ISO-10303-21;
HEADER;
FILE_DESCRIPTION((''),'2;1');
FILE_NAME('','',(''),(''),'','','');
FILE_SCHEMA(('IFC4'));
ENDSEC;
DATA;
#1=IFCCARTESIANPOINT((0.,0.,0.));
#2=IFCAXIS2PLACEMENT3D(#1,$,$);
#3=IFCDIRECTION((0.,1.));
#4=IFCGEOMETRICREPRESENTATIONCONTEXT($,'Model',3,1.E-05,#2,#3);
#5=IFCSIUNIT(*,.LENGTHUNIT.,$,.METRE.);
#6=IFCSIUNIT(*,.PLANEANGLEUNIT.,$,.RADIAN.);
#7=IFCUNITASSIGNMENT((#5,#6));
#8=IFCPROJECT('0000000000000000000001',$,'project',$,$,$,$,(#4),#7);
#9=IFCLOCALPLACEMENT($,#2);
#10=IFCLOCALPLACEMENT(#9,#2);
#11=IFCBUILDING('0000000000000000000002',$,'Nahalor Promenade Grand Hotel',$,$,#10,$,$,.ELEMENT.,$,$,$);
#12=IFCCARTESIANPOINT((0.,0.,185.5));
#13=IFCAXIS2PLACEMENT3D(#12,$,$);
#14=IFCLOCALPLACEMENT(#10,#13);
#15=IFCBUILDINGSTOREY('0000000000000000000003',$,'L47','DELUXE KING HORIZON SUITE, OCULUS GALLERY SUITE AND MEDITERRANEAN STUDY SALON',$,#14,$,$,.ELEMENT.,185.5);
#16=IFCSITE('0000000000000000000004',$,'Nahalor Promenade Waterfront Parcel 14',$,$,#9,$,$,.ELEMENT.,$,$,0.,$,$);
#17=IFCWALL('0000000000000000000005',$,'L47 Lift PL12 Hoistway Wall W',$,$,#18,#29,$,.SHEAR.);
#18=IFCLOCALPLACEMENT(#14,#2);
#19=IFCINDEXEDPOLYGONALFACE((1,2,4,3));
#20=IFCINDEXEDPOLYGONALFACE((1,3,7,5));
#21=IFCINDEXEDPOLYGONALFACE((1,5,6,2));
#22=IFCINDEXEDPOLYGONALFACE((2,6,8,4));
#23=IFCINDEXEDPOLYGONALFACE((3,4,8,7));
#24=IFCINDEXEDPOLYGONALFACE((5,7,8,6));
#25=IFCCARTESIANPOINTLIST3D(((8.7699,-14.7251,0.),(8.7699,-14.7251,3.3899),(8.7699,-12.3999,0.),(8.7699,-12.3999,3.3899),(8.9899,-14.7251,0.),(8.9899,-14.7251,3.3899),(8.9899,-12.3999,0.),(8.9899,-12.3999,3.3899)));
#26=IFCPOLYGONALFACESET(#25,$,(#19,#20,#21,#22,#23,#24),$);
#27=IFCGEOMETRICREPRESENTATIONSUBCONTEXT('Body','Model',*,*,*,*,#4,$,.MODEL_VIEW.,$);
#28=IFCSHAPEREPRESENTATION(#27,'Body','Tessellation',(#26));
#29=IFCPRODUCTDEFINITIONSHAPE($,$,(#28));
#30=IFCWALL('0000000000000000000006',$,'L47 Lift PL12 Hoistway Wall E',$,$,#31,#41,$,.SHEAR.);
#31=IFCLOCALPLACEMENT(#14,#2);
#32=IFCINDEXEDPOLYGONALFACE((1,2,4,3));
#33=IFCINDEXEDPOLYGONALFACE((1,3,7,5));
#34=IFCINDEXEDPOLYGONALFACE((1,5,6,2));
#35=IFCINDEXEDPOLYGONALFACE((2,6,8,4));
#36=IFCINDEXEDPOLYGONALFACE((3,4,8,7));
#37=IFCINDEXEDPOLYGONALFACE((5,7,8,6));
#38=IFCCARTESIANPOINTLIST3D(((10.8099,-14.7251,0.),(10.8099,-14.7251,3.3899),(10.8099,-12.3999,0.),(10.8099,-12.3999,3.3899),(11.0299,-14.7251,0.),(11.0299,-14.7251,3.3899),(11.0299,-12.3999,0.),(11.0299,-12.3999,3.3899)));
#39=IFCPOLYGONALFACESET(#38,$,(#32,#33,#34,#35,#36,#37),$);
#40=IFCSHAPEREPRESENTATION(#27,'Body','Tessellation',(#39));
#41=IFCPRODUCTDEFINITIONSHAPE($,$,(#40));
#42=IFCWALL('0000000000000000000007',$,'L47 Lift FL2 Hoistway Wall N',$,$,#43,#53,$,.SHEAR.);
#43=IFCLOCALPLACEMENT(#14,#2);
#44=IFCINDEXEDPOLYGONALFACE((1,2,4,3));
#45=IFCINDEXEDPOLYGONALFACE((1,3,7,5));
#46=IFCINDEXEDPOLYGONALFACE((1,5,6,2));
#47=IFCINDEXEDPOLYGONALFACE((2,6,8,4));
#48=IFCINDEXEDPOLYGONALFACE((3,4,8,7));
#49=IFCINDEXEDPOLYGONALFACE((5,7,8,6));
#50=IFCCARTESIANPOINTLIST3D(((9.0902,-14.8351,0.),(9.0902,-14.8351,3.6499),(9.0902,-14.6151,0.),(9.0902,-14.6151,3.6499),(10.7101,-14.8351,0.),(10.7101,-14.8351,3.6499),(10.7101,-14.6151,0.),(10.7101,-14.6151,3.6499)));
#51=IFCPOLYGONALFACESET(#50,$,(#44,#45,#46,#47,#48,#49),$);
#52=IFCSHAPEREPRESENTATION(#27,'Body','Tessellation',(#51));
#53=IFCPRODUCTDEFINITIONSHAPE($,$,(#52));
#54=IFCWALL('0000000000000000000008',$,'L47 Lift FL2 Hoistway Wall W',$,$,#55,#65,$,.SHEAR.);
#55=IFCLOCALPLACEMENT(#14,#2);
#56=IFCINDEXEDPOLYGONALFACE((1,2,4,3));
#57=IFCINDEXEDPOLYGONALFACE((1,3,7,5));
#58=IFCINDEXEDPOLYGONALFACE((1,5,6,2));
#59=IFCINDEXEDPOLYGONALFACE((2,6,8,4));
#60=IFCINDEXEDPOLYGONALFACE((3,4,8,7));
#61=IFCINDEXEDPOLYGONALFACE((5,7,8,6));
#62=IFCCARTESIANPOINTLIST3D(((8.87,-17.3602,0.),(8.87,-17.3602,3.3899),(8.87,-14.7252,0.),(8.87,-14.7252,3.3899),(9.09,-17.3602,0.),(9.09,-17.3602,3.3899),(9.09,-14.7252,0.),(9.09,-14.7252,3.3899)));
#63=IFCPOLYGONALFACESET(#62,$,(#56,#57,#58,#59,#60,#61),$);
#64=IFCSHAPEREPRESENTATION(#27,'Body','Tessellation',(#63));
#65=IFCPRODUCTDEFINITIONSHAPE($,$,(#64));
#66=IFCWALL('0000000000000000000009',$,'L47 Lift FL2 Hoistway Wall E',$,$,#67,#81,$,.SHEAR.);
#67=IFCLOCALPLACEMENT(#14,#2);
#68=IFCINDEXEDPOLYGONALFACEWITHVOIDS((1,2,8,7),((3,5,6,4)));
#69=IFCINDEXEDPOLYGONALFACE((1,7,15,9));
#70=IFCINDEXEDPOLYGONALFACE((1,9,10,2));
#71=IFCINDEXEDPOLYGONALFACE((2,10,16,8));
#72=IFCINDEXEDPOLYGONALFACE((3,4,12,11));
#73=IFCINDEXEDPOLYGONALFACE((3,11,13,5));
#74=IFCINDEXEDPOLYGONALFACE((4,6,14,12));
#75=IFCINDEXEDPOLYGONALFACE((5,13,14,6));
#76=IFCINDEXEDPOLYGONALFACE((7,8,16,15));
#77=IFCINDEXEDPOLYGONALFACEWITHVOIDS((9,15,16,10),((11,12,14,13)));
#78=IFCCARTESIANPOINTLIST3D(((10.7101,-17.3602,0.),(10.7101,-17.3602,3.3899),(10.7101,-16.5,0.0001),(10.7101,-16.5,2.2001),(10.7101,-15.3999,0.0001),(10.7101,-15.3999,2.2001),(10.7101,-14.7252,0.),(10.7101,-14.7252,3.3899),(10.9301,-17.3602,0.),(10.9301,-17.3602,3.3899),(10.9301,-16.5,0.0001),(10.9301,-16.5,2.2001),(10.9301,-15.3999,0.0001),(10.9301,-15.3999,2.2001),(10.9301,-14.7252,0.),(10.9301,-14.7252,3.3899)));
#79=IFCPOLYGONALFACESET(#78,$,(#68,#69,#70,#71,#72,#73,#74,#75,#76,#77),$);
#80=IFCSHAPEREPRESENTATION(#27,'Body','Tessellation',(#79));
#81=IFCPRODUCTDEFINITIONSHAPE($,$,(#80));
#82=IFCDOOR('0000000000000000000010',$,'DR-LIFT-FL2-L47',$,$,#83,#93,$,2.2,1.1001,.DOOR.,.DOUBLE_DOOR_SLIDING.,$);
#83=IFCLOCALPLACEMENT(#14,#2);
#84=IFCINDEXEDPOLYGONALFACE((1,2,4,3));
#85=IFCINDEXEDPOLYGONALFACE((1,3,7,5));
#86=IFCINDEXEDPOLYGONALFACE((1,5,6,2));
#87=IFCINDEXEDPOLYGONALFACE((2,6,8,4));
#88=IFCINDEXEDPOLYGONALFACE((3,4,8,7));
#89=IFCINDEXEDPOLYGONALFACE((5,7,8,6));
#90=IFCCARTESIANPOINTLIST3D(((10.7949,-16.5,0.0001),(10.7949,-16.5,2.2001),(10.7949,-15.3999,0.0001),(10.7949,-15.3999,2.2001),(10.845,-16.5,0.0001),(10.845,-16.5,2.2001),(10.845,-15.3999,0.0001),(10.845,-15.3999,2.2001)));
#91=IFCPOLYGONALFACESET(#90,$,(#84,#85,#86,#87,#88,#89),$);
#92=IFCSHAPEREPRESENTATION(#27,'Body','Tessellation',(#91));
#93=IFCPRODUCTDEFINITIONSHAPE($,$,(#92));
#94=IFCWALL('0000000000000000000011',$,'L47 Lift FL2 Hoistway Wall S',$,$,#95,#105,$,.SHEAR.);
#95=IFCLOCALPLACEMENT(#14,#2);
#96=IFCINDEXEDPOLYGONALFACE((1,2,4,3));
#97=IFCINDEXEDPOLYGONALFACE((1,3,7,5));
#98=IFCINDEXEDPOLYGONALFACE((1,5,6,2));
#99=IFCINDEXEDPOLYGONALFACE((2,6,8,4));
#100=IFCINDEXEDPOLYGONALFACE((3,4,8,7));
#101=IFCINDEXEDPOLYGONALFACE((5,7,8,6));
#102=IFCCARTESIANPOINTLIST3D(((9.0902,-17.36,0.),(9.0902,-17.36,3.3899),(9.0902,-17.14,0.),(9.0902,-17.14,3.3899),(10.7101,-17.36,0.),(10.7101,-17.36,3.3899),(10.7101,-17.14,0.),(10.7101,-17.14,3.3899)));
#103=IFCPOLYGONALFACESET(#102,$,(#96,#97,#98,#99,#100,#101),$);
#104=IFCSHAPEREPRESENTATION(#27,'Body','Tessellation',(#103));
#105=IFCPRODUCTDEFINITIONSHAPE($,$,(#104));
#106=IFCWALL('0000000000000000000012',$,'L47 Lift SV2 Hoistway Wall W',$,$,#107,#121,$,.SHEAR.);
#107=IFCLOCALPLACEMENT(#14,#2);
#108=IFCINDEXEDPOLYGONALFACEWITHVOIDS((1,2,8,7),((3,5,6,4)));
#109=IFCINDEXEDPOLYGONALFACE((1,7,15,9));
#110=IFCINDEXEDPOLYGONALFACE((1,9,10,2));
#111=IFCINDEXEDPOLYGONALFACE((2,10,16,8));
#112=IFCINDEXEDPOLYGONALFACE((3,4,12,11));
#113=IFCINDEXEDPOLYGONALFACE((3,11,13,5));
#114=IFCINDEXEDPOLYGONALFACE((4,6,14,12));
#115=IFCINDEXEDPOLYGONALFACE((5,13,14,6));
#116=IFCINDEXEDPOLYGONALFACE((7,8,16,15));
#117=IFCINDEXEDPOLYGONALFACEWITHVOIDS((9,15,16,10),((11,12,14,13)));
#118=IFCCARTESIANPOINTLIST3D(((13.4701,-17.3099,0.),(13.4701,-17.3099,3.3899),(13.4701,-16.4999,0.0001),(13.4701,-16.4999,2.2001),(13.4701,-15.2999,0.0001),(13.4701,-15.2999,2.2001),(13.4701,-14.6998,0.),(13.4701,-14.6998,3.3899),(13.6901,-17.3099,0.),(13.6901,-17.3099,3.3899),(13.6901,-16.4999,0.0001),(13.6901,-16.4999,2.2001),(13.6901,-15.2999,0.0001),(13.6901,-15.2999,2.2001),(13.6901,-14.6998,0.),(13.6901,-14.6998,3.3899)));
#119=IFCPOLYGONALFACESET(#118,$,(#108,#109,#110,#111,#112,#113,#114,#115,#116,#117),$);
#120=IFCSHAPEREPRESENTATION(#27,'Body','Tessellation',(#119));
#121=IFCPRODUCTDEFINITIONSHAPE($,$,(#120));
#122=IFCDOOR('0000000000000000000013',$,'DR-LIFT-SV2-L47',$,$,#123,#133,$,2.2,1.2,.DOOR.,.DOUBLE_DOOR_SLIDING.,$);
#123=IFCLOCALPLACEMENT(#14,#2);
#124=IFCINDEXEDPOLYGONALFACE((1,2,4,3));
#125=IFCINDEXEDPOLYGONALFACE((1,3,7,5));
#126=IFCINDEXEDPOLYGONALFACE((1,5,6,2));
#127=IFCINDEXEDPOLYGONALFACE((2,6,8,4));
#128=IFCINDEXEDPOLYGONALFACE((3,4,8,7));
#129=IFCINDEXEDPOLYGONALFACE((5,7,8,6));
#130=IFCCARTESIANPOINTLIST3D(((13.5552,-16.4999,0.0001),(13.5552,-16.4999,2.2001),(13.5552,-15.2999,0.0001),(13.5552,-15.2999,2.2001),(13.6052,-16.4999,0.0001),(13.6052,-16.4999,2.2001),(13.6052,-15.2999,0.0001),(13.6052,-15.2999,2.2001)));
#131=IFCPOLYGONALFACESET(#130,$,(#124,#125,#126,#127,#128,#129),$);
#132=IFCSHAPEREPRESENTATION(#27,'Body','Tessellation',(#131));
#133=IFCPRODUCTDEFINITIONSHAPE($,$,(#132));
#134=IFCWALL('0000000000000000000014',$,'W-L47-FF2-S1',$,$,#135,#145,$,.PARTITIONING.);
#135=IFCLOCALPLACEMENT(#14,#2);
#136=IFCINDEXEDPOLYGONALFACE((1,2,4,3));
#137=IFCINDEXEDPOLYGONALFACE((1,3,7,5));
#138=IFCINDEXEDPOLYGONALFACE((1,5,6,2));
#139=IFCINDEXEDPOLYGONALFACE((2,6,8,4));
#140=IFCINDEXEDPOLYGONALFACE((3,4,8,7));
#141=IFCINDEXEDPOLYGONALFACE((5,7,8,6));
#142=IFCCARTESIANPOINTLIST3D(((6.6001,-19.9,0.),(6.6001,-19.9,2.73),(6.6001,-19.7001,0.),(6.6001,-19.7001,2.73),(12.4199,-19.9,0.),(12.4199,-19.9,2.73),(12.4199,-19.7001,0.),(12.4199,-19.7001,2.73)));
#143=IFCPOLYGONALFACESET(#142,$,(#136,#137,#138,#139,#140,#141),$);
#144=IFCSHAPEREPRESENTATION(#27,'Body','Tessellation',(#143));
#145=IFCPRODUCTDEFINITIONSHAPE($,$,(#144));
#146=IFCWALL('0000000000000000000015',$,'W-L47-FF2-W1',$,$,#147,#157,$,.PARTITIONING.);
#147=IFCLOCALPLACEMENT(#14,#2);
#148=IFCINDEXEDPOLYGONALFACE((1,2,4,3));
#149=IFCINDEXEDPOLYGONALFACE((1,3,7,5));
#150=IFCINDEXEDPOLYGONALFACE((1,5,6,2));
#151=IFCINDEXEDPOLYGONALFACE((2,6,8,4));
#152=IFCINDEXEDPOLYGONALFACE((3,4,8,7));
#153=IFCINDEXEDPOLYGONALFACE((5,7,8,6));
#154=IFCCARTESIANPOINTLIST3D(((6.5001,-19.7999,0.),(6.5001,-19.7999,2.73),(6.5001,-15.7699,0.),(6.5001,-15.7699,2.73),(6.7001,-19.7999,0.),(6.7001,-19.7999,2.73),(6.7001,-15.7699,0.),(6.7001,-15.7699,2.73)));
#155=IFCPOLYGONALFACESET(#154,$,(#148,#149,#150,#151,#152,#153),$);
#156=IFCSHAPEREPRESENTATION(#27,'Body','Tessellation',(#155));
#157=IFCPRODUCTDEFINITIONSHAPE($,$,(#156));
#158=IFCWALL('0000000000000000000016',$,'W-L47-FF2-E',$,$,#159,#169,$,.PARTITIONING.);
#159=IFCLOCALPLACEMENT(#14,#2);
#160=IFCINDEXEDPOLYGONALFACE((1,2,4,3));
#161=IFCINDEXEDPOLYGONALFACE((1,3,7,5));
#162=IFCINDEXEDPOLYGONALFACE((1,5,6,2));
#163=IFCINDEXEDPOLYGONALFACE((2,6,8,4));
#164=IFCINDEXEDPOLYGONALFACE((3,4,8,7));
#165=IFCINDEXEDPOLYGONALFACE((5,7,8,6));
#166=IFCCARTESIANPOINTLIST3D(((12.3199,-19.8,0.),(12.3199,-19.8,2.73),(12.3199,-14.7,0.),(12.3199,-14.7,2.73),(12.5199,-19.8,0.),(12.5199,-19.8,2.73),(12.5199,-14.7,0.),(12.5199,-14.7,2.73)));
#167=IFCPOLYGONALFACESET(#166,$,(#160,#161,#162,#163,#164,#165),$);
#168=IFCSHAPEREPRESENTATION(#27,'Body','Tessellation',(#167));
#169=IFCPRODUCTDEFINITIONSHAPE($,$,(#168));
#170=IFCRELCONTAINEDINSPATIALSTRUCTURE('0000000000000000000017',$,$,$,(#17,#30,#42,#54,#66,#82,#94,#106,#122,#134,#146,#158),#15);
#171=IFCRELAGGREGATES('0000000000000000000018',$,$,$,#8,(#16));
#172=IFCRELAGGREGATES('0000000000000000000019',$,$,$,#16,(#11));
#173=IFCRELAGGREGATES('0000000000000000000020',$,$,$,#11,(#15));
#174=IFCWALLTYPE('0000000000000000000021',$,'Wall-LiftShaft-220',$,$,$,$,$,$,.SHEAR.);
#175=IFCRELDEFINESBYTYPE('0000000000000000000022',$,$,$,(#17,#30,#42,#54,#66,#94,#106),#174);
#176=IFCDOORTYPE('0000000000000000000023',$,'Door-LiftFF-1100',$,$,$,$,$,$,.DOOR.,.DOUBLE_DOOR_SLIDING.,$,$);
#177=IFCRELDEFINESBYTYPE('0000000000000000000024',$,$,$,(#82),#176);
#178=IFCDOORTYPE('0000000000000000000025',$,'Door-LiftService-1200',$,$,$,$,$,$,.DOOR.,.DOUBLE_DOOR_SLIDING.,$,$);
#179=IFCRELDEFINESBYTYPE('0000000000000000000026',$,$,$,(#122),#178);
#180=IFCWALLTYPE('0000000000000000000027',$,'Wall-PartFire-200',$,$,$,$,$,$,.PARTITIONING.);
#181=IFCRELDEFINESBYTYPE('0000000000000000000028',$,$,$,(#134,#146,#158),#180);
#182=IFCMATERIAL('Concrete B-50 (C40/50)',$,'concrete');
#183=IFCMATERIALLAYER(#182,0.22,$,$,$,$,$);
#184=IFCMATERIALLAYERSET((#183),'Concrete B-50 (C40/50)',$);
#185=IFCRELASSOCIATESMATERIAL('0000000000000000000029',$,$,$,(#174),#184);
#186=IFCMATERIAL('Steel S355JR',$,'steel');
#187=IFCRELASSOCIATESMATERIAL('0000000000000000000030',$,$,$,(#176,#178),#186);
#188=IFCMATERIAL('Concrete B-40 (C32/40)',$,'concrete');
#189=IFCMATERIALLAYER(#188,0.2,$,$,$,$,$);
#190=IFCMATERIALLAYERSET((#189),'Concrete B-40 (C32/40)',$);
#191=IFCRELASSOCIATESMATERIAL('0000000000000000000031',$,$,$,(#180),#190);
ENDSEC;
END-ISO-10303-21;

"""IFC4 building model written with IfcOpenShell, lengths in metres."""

from ifc_helpers import new_model, si_unit, direction, frame, frame_2d, origin, place, context, subcontext, project, spatial, rectangle, extrude, source, transform, mapped, material, layer, layer_set, type_object, element, fill, save


model = new_model("IFC4")

# Units and contexts
model_context = context("Model", 3, precision=1e-05, world=origin(), true_north=direction((0.0, 1.0)))
body_context = subcontext(model_context, "Body", "Model", "MODEL_VIEW")
ifc_project = project(units=[si_unit("LENGTHUNIT", "METRE"), si_unit("PLANEANGLEUNIT", "RADIAN")], contexts=[model_context])

# Site, building, storey
site_placement = place(None, origin())
site = spatial("IfcSite", under=ifc_project, at=site_placement, Name="Nahalor Promenade Waterfront Parcel 14", CompositionType="ELEMENT", RefElevation=0.0)
building_placement = place(site_placement, origin())
building = spatial("IfcBuilding", under=site, at=building_placement, Name="Nahalor Promenade Grand Hotel", CompositionType="ELEMENT")
storey_placement = place(building_placement, frame((0.0, 0.0, 185.5)))
storey = spatial("IfcBuildingStorey", under=building, at=storey_placement, Name="L47", Description="DELUXE KING HORIZON SUITE, OCULUS GALLERY SUITE AND MEDITERRANEAN STUDY SALON", CompositionType="ELEMENT", Elevation=185.5)

# Shared definitions
ifc_material_1 = material(Name="Steel S355JR", Category="steel")

# Shared definitions
ifc_material_2 = material(Name="Concrete B-50 (C40/50)", Category="concrete")

# Walls
ifc_layer_1 = layer(ifc_material_2, 0.22)
ifc_layer_set_1 = layer_set([ifc_layer_1], Name="Concrete B-50 (C40/50)")
wall_type_1 = type_object("IfcWallType", Name="Wall-LiftShaft-220", PredefinedType="SHEAR", material=ifc_layer_set_1)
shared_shape_1 = source(origin(), body_context, "Body", "SweptSolid", [
    extrude(rectangle(XDim=2.3252, YDim=0.22, at=frame_2d((1.1626, 0.0))), origin(), (0.0, 0.0, 1.0), 3.3899),
])
for number, where, z_axis, x_axis, name in (
    (1, (8.8799, -14.7251, 0.0), (0.0, 0.0, 1.0), (0.0, 1.0, 0.0), "L47 Lift PL12 Hoistway Wall W"),
    (2, (10.9199, -14.7251, 0.0), (0.0, 0.0, 1.0), (0.0, 1.0, 0.0), "L47 Lift PL12 Hoistway Wall E"),
):
    element("IfcWall", number, at=place(storey_placement, frame(where, z_axis=z_axis, x_axis=x_axis)), inside=storey, type_object=wall_type_1, Name=name, PredefinedType="SHEAR", context=body_context, shape_type="MappedRepresentation", body=[
        mapped(shared_shape_1, transform((0.0, 0.0, 0.0), scale=1.0)),
    ])
shared_shape_2 = source(origin(), body_context, "Body", "SweptSolid", [
    extrude(rectangle(XDim=1.6199, YDim=0.22, at=frame_2d((0.8101, 0.0))), origin(), (0.0, 0.0, 1.0), 3.6499),
])
wall_1_placement = place(storey_placement, frame((9.0901, -14.7251, 0.0), z_axis=(0.0, 0.0, 1.0), x_axis=(1.0, 0.0, 0.0)))
element("IfcWall", 3, at=wall_1_placement, inside=storey, type_object=wall_type_1, Name="L47 Lift FL2 Hoistway Wall N", PredefinedType="SHEAR", context=body_context, shape_type="MappedRepresentation", body=[
    mapped(shared_shape_2, transform((0.0, 0.0, 0.0), scale=1.0)),
])
shared_shape_3 = source(origin(), body_context, "Body", "SweptSolid", [
    extrude(rectangle(XDim=2.635, YDim=0.22, at=frame_2d((1.3174, 0.0))), origin(), (0.0, 0.0, 1.0), 3.3899),
])
wall_2_placement = place(storey_placement, frame((8.98, -17.3601, 0.0), z_axis=(0.0, 0.0, 1.0), x_axis=(0.0, 1.0, 0.0)))
element("IfcWall", 4, at=wall_2_placement, inside=storey, type_object=wall_type_1, Name="L47 Lift FL2 Hoistway Wall W", PredefinedType="SHEAR", context=body_context, shape_type="MappedRepresentation", body=[
    mapped(shared_shape_3, transform((0.0, 0.0, 0.0), scale=1.0)),
])

# Wall, opening, door
wall_3_placement = place(storey_placement, frame((10.8201, -17.3601, 0.0), z_axis=(0.0, 0.0, 1.0), x_axis=(0.0, 1.0, 0.0)))
wall_3 = element("IfcWall", 5, at=wall_3_placement, inside=storey, type_object=wall_type_1, Name="L47 Lift FL2 Hoistway Wall E", PredefinedType="SHEAR", context=body_context, shape_type="MappedRepresentation", body=[
    mapped(shared_shape_3, transform((0.0, 0.0, 0.0), scale=1.0)),
])
opening_1_placement = place(wall_3_placement, frame((0.8601, 0.0, 0.0)))
opening_1 = element("IfcOpeningElement", 6, at=opening_1_placement, cuts=wall_3, PredefinedType="OPENING", context=body_context, shape_type="SweptSolid", body=[
    extrude(rectangle(XDim=1.1001, YDim=2.2, at=frame_2d((0.55, 1.1001))), frame((0.0, 0.1199, 0.0), z_axis=(0.0, -1.0, 0.0), x_axis=(1.0, 0.0, 0.0)), (0.0, 0.0, 1.0), 0.24),
])
door_type_1 = type_object("IfcDoorType", Name="Door-LiftFF-1100", OperationType="DOUBLE_DOOR_SLIDING", PredefinedType="DOOR", material=ifc_material_1)
shared_shape_4 = source(origin(), body_context, "Body", "SweptSolid", [
    extrude(rectangle(XDim=1.1001, YDim=2.2, at=frame_2d((0.55, 1.1001))), frame((0.0, 0.0249, 0.0), z_axis=(0.0, -1.0, 0.0), x_axis=(1.0, 0.0, 0.0)), (0.0, 0.0, 1.0), 0.05),
])
door_1_placement = place(opening_1_placement, frame((1.1001, 0.0, 0.0), z_axis=(0.0, 0.0, 1.0), x_axis=(-1.0, 0.0, 0.0)))
door_1 = element("IfcDoor", 7, at=door_1_placement, inside=storey, type_object=door_type_1, Name="DR-LIFT-FL2-L47", OperationType="DOUBLE_DOOR_SLIDING", OverallHeight=2.2, OverallWidth=1.1001, PredefinedType="DOOR", context=body_context, shape_type="MappedRepresentation", body=[
    mapped(shared_shape_4, transform((0.0, 0.0, 0.0), scale=1.0)),
])
fill(opening_1, door_1)

# Wall
shared_shape_5 = source(origin(), body_context, "Body", "SweptSolid", [
    extrude(rectangle(XDim=1.6199, YDim=0.22, at=frame_2d((0.8101, 0.0))), origin(), (0.0, 0.0, 1.0), 3.3899),
])
wall_4_placement = place(storey_placement, frame((9.0901, -17.25, 0.0), z_axis=(0.0, 0.0, 1.0), x_axis=(1.0, 0.0, 0.0)))
element("IfcWall", 8, at=wall_4_placement, inside=storey, type_object=wall_type_1, Name="L47 Lift FL2 Hoistway Wall S", PredefinedType="SHEAR", context=body_context, shape_type="MappedRepresentation", body=[
    mapped(shared_shape_5, transform((0.0, 0.0, 0.0), scale=1.0)),
])

# Wall, opening, door
shared_shape_6 = source(origin(), body_context, "Body", "SweptSolid", [
    extrude(rectangle(XDim=2.6101, YDim=0.22, at=frame_2d((1.3052, 0.0))), origin(), (0.0, 0.0, 1.0), 3.3899),
])
wall_5_placement = place(storey_placement, frame((13.5801, -17.3101, 0.0), z_axis=(0.0, 0.0, 1.0), x_axis=(0.0, 1.0, 0.0)))
wall_5 = element("IfcWall", 9, at=wall_5_placement, inside=storey, type_object=wall_type_1, Name="L47 Lift SV2 Hoistway Wall W", PredefinedType="SHEAR", context=body_context, shape_type="MappedRepresentation", body=[
    mapped(shared_shape_6, transform((0.0, 0.0, 0.0), scale=1.0)),
])
opening_2_placement = place(wall_5_placement, frame((0.8101, 0.0, 0.0)))
opening_2 = element("IfcOpeningElement", 10, at=opening_2_placement, cuts=wall_5, PredefinedType="OPENING", context=body_context, shape_type="SweptSolid", body=[
    extrude(rectangle(XDim=1.2, YDim=2.2, at=frame_2d((0.6001, 1.1001))), frame((0.0, 0.1199, 0.0), z_axis=(0.0, -1.0, 0.0), x_axis=(1.0, 0.0, 0.0)), (0.0, 0.0, 1.0), 0.24),
])
door_type_2 = type_object("IfcDoorType", Name="Door-LiftService-1200", OperationType="DOUBLE_DOOR_SLIDING", PredefinedType="DOOR", material=ifc_material_1)
shared_shape_7 = source(origin(), body_context, "Body", "SweptSolid", [
    extrude(rectangle(XDim=1.2, YDim=2.2, at=frame_2d((0.6001, 1.1001))), frame((0.0, 0.0249, 0.0), z_axis=(0.0, -1.0, 0.0), x_axis=(1.0, 0.0, 0.0)), (0.0, 0.0, 1.0), 0.05),
])
door_2_placement = place(opening_2_placement, origin())
door_2 = element("IfcDoor", 11, at=door_2_placement, inside=storey, type_object=door_type_2, Name="DR-LIFT-SV2-L47", OperationType="DOUBLE_DOOR_SLIDING", OverallHeight=2.2, OverallWidth=1.2, PredefinedType="DOOR", context=body_context, shape_type="MappedRepresentation", body=[
    mapped(shared_shape_7, transform((0.0, 0.0, 0.0), scale=1.0)),
])
fill(opening_2, door_2)

# Walls
ifc_material_3 = material(Name="Concrete B-40 (C32/40)", Category="concrete")
ifc_layer_2 = layer(ifc_material_3, 0.2)
ifc_layer_set_2 = layer_set([ifc_layer_2], Name="Concrete B-40 (C32/40)")
wall_type_2 = type_object("IfcWallType", Name="Wall-PartFire-200", PredefinedType="PARTITIONING", material=ifc_layer_set_2)
shared_shape_8 = source(origin(), body_context, "Body", "SweptSolid", [
    extrude(rectangle(XDim=5.8198, YDim=0.2, at=frame_2d((2.9099, 0.0))), origin(), (0.0, 0.0, 1.0), 2.73),
])
wall_6_placement = place(storey_placement, frame((6.6001, -19.8, 0.0), z_axis=(0.0, 0.0, 1.0), x_axis=(1.0, 0.0, 0.0)))
element("IfcWall", 12, at=wall_6_placement, inside=storey, type_object=wall_type_2, Name="W-L47-FF2-S1", PredefinedType="PARTITIONING", context=body_context, shape_type="MappedRepresentation", body=[
    mapped(shared_shape_8, transform((0.0, 0.0, 0.0), scale=1.0)),
])
shared_shape_9 = source(origin(), body_context, "Body", "SweptSolid", [
    extrude(rectangle(XDim=4.03, YDim=0.2, at=frame_2d((2.0151, 0.0))), origin(), (0.0, 0.0, 1.0), 2.73),
])
wall_7_placement = place(storey_placement, frame((6.6001, -19.8, 0.0), z_axis=(0.0, 0.0, 1.0), x_axis=(0.0, 1.0, 0.0)))
element("IfcWall", 13, at=wall_7_placement, inside=storey, type_object=wall_type_2, Name="W-L47-FF2-W1", PredefinedType="PARTITIONING", context=body_context, shape_type="MappedRepresentation", body=[
    mapped(shared_shape_9, transform((0.0, 0.0, 0.0), scale=1.0)),
])
shared_shape_10 = source(origin(), body_context, "Body", "SweptSolid", [
    extrude(rectangle(XDim=5.1001, YDim=0.2, at=frame_2d((2.55, 0.0))), origin(), (0.0, 0.0, 1.0), 2.73),
])
wall_8_placement = place(storey_placement, frame((12.4199, -19.8, 0.0), z_axis=(0.0, 0.0, 1.0), x_axis=(0.0, 1.0, 0.0)))
element("IfcWall", 14, at=wall_8_placement, inside=storey, type_object=wall_type_2, Name="W-L47-FF2-E", PredefinedType="PARTITIONING", context=body_context, shape_type="MappedRepresentation", body=[
    mapped(shared_shape_10, transform((0.0, 0.0, 0.0), scale=1.0)),
])

save(model, "model.ifc")
